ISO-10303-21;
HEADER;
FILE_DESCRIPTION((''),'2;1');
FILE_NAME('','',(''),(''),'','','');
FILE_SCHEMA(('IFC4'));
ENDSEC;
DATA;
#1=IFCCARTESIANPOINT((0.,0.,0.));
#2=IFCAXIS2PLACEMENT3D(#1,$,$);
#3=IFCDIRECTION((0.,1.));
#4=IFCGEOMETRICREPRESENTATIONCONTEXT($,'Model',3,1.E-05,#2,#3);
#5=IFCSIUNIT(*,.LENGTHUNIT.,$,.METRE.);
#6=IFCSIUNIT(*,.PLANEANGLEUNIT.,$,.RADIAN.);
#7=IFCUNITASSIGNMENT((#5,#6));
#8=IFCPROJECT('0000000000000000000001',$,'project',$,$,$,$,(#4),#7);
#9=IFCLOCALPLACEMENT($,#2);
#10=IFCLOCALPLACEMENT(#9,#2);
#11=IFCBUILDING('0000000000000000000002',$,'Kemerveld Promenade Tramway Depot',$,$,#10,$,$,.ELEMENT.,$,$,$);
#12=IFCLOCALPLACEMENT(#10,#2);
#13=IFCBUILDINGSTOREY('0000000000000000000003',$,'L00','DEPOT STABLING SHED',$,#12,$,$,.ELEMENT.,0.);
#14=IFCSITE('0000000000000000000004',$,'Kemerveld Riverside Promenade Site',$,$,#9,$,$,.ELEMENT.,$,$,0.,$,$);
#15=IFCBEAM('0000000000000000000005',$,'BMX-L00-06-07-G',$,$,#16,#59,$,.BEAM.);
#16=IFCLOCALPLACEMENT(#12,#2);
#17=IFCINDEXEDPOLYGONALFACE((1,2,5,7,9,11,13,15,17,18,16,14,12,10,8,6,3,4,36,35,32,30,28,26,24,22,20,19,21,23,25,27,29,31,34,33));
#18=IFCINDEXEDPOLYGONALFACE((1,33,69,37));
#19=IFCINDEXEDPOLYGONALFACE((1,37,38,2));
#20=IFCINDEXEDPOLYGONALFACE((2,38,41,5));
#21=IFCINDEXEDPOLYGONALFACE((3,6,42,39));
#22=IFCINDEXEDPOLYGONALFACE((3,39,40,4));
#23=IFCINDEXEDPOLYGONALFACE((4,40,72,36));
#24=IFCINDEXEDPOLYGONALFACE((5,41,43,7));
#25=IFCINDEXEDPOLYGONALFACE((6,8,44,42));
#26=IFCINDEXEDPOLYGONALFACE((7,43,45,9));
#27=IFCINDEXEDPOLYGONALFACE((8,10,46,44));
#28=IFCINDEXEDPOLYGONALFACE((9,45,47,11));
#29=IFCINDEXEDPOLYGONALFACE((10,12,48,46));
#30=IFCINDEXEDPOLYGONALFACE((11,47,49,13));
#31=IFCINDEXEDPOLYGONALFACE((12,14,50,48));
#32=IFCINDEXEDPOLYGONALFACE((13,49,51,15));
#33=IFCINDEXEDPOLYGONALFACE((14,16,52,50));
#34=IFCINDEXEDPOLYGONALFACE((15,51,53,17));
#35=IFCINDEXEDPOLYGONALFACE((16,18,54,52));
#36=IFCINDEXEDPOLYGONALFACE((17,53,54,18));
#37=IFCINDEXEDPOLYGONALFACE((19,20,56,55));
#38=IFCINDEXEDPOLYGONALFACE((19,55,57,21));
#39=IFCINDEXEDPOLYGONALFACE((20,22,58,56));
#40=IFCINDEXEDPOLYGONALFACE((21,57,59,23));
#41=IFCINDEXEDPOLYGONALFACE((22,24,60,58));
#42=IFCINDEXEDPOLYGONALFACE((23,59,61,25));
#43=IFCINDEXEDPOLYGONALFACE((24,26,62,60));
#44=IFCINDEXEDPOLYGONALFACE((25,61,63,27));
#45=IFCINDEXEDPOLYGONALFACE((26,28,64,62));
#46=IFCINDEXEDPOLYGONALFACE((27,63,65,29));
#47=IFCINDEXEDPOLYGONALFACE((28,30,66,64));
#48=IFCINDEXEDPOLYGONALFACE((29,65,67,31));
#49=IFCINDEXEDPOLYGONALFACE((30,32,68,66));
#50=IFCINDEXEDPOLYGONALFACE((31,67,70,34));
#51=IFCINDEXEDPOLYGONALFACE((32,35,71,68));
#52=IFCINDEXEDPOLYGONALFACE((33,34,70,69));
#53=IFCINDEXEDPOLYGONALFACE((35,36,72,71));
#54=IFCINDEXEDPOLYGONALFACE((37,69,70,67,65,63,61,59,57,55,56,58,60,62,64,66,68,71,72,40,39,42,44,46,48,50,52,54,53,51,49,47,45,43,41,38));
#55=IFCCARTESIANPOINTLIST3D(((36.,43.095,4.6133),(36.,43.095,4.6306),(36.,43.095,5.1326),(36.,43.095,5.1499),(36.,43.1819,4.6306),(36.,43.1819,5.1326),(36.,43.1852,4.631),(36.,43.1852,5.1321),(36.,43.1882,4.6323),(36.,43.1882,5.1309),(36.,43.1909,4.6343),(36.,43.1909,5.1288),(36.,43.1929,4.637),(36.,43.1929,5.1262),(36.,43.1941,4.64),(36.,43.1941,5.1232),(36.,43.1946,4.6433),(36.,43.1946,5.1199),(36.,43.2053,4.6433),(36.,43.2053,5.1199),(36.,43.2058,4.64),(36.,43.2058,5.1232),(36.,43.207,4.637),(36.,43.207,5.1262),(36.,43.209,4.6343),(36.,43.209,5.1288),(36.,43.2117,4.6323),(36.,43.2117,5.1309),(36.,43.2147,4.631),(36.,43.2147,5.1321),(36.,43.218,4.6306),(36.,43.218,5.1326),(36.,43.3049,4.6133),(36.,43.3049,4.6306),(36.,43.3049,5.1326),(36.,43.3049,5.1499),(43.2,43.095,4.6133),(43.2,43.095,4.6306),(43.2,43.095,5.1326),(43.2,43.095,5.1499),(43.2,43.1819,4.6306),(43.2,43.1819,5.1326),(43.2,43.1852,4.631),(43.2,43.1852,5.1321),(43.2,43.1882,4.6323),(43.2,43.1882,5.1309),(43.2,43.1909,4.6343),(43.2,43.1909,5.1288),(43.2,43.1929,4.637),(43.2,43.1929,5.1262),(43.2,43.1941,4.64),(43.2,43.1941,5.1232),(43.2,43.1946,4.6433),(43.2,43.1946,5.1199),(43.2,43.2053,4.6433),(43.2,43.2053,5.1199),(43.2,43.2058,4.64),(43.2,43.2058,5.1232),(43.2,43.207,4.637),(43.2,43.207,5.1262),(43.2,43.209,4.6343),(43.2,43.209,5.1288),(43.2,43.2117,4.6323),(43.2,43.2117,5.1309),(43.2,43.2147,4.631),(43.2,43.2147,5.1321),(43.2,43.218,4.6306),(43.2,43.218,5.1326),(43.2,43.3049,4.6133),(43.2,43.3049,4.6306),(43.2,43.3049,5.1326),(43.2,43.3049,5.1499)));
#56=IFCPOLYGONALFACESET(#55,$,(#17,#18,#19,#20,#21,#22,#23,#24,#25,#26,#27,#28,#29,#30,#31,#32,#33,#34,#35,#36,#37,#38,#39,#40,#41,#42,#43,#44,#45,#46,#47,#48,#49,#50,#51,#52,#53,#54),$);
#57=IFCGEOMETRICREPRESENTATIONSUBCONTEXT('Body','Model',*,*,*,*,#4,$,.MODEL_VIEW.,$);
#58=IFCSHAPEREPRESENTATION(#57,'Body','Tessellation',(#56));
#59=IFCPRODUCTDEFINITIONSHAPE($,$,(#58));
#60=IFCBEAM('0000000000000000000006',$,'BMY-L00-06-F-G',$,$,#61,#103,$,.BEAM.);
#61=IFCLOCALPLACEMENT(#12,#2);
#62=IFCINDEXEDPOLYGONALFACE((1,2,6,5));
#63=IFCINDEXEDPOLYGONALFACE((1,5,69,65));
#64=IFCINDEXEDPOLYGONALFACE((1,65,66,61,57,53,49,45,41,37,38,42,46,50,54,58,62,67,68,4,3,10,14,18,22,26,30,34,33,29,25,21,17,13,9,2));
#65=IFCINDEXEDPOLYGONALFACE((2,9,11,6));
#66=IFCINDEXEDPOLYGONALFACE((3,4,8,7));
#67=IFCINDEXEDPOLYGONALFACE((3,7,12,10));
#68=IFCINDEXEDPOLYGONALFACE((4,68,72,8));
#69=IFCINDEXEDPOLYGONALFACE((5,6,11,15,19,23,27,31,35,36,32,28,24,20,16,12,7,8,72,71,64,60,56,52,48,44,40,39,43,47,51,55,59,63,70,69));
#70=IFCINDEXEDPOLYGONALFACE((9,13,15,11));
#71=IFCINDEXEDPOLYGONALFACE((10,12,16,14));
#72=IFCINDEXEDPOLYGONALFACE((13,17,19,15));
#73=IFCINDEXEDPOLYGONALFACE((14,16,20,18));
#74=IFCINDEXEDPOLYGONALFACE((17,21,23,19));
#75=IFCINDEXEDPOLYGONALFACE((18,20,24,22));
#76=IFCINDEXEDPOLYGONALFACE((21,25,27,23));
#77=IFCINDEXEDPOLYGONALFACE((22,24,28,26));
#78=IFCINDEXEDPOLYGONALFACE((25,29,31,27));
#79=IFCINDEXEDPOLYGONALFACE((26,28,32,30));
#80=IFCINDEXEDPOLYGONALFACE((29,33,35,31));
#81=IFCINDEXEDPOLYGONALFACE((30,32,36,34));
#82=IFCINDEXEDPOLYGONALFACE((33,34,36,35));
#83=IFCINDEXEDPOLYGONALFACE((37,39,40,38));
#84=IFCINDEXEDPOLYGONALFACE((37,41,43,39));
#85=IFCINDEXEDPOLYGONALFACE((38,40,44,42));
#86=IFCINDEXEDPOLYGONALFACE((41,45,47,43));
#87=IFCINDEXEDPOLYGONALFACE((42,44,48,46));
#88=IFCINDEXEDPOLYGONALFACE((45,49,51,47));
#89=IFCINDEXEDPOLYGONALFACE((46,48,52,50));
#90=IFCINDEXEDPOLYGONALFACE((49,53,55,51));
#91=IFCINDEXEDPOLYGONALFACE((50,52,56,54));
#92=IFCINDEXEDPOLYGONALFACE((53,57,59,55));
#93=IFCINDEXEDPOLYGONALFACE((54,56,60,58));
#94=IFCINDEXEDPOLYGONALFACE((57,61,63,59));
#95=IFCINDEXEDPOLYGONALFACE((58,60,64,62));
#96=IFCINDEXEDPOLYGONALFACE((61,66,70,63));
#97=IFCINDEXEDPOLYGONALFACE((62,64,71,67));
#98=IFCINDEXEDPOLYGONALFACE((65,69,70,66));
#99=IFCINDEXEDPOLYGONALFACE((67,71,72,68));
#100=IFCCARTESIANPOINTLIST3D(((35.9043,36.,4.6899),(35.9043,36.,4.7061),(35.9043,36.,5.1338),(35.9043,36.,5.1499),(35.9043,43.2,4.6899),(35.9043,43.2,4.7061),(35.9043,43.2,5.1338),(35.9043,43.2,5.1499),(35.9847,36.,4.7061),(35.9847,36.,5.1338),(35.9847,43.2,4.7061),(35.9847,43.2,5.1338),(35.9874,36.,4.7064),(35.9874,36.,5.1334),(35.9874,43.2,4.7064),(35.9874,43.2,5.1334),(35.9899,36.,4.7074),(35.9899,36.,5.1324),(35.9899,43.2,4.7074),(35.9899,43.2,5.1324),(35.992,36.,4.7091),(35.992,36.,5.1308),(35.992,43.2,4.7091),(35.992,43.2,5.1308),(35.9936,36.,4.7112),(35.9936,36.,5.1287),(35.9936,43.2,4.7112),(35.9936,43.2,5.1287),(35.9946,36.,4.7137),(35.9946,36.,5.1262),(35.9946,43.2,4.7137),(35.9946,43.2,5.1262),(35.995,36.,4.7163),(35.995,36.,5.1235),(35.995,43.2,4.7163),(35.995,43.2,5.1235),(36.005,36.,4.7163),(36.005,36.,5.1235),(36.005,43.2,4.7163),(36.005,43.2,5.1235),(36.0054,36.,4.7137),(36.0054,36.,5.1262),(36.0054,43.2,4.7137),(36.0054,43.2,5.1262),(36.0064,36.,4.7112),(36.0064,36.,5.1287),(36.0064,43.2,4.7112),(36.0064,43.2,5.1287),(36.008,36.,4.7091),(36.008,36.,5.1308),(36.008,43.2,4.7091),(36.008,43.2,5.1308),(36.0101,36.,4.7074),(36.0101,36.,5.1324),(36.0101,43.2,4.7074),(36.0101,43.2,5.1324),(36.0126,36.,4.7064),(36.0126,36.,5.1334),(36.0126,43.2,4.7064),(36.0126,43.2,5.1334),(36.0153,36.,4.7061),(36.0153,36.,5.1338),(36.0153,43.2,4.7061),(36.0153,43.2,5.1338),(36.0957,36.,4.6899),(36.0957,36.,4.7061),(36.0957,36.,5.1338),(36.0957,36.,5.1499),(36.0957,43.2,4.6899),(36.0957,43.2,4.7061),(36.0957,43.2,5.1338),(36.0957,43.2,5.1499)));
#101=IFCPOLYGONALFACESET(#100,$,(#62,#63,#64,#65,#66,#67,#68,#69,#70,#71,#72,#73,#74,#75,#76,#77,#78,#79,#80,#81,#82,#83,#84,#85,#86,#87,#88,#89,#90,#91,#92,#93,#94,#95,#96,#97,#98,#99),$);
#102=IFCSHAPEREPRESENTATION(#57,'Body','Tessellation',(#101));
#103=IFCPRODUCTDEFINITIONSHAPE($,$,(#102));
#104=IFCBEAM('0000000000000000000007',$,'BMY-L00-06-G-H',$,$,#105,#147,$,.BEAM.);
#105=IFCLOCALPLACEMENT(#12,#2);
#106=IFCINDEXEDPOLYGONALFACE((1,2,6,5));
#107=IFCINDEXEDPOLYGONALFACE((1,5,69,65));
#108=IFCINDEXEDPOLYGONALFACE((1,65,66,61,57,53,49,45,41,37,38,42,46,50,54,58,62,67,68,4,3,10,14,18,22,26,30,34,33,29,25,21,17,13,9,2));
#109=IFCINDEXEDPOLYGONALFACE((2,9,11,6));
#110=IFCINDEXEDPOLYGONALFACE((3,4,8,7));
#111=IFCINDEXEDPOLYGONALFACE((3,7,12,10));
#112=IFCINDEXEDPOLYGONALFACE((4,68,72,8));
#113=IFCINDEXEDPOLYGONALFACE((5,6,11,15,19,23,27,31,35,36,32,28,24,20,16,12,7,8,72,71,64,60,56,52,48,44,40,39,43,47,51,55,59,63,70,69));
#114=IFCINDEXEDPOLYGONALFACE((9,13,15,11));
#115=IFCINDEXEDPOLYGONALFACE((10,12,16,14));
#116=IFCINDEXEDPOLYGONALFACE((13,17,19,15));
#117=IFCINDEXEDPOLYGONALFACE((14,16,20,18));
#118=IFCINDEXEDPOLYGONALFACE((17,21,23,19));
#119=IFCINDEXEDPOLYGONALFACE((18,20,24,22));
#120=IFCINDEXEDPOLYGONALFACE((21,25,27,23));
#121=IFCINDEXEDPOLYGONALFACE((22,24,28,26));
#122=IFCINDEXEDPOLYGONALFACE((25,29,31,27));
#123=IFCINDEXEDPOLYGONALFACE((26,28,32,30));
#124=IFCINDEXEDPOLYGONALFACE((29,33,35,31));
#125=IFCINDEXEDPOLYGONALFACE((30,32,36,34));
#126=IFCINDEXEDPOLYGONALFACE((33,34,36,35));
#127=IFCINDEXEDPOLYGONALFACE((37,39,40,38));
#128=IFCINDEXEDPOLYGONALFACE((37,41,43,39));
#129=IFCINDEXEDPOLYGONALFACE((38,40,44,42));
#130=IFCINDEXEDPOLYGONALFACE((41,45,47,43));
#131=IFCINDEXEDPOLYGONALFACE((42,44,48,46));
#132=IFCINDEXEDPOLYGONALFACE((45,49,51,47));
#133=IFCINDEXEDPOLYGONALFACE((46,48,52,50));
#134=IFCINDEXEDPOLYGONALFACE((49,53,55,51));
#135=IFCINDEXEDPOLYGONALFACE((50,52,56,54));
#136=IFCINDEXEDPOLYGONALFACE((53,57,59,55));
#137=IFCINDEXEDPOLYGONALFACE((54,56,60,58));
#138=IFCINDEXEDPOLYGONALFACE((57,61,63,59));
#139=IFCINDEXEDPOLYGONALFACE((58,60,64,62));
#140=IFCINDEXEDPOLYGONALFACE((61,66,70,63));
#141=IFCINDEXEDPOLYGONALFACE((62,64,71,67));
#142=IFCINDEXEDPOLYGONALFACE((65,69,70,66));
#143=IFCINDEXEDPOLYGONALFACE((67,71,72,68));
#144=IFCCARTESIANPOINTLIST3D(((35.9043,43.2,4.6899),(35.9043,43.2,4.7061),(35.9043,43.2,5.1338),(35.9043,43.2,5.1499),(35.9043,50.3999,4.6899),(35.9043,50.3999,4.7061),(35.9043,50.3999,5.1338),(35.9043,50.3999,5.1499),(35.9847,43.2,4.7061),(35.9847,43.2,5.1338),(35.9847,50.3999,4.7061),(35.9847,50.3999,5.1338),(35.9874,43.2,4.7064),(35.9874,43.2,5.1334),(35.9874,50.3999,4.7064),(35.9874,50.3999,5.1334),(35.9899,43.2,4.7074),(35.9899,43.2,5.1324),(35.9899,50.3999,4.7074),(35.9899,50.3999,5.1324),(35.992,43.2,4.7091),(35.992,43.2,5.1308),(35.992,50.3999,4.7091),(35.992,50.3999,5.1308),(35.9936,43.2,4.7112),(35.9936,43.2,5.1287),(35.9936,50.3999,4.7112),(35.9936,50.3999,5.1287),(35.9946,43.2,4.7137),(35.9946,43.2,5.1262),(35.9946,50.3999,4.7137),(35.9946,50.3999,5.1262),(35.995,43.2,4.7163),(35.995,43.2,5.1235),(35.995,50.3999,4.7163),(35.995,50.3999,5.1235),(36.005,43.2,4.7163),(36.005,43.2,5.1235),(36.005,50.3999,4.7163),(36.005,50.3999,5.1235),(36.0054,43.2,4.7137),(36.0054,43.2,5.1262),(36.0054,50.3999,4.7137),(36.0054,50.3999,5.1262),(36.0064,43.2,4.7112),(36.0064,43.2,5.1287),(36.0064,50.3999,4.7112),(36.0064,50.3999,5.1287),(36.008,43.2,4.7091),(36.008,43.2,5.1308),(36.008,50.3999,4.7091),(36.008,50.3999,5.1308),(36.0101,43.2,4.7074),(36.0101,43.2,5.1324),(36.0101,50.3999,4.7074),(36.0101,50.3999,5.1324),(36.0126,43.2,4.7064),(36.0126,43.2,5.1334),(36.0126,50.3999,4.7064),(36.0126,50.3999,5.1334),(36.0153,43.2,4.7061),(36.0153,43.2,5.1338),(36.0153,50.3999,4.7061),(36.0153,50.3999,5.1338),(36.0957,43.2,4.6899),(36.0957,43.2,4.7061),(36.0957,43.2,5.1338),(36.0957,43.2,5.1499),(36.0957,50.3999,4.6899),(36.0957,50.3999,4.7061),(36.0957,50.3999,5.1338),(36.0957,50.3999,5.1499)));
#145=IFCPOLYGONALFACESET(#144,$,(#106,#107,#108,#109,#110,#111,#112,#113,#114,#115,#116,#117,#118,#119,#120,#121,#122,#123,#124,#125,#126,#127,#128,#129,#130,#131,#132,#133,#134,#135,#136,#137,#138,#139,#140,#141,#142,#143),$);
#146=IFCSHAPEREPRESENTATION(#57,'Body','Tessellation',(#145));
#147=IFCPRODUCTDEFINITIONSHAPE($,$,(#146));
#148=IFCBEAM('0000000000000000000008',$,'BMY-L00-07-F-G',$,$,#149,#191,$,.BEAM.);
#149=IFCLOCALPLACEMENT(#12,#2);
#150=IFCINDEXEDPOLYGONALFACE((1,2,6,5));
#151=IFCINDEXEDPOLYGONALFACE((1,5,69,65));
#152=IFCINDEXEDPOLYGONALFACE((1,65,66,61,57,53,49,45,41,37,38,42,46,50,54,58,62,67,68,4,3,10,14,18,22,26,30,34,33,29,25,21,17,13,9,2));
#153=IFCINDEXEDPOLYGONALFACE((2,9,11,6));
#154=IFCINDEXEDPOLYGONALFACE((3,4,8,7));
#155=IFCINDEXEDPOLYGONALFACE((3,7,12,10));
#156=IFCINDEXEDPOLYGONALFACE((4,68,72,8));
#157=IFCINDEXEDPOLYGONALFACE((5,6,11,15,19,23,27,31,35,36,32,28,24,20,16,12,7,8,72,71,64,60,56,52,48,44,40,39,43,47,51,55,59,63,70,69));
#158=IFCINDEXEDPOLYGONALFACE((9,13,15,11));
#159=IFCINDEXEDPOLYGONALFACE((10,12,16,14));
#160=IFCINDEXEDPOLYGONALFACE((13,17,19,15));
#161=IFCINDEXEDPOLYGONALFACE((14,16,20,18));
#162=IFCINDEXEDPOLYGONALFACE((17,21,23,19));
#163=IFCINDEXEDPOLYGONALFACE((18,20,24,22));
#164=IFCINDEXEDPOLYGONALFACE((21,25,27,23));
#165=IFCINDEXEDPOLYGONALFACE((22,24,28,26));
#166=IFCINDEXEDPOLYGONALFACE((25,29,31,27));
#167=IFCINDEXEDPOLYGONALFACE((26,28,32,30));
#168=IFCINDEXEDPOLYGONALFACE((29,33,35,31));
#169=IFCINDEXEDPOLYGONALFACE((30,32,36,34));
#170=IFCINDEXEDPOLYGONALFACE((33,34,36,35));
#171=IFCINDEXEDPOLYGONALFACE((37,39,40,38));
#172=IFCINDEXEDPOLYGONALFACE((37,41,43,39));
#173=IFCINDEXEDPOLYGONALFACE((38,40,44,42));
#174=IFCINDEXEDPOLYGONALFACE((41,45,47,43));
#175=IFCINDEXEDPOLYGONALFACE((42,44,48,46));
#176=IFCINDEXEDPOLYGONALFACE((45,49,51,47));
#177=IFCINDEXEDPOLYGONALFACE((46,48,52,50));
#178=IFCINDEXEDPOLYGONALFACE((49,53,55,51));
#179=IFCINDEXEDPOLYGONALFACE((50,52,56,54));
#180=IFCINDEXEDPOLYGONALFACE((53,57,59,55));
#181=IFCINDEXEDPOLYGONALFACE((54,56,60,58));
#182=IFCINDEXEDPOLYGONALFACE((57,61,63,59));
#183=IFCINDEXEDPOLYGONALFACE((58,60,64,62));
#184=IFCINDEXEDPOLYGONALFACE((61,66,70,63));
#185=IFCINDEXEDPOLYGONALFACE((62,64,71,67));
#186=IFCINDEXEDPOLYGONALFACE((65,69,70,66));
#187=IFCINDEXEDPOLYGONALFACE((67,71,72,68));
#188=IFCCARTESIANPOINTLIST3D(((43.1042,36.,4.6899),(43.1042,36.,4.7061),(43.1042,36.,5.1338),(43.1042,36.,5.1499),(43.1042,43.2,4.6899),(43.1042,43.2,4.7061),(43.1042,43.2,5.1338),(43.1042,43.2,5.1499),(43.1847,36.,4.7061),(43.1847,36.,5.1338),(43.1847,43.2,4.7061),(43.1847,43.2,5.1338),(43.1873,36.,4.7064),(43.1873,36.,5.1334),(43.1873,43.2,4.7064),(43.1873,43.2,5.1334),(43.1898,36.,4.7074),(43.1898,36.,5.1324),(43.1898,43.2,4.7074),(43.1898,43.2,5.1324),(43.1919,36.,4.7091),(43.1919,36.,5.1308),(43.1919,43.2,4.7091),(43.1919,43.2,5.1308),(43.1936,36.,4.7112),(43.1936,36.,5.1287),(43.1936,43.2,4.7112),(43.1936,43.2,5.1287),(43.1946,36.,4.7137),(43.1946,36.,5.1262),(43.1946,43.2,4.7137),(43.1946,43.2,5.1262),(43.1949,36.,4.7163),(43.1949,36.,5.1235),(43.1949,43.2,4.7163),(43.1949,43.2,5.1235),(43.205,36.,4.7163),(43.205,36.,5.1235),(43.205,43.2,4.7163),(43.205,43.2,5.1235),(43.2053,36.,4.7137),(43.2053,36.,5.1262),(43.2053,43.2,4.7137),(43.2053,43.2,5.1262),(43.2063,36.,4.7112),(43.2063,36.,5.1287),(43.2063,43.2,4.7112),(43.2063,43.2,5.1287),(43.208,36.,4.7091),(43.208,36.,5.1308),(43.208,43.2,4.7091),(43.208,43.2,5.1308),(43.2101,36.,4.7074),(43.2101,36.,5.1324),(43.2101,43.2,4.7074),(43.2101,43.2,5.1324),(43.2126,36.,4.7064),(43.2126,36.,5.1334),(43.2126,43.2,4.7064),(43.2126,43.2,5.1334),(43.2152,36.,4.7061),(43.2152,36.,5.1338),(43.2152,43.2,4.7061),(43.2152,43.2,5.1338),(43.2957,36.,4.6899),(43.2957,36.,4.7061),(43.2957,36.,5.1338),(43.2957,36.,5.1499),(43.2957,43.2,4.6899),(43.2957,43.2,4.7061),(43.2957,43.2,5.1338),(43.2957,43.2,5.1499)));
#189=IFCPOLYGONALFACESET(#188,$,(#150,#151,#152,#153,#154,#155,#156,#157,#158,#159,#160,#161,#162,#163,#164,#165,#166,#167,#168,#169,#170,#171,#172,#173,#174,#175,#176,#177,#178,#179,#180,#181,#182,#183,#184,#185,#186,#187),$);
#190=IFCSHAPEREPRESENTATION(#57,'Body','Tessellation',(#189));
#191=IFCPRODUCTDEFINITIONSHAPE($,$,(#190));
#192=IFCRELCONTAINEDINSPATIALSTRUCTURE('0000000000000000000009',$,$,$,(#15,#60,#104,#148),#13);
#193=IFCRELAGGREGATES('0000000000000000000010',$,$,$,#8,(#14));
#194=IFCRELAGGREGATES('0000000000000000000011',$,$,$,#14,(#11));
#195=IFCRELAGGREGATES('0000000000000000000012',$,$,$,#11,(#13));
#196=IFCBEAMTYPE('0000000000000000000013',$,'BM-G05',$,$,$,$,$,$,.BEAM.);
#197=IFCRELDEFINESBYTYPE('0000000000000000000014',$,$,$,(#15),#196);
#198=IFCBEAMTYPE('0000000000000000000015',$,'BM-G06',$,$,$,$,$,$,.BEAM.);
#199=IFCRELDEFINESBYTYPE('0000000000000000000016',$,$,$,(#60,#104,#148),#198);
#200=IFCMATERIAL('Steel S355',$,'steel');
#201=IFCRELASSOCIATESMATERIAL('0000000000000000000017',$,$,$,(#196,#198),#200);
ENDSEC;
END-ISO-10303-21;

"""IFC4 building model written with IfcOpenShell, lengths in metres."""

from ifc_helpers import new_model, si_unit, direction, frame, origin, origin_2d, place, context, subcontext, project, spatial, i_section, extrude, material, material_profile, profile_set, type_object, element, save


model = new_model("IFC4")

# Units and contexts
model_context = context("Model", 3, precision=1e-05, world=origin(), true_north=direction((0.0, 1.0)))
body_context = subcontext(model_context, "Body", "Model", "MODEL_VIEW")
ifc_project = project(units=[si_unit("LENGTHUNIT", "METRE"), si_unit("PLANEANGLEUNIT", "RADIAN")], contexts=[model_context])

# Site, building, storey
site_placement = place(None, origin())
site = spatial("IfcSite", under=ifc_project, at=site_placement, Name="Kemerveld Riverside Promenade Site", CompositionType="ELEMENT", RefElevation=0.0)
building_placement = place(site_placement, origin())
building = spatial("IfcBuilding", under=site, at=building_placement, Name="Kemerveld Promenade Tramway Depot", CompositionType="ELEMENT")
storey_placement = place(building_placement, origin())
storey = spatial("IfcBuildingStorey", under=building, at=storey_placement, Name="L00", Description="DEPOT STABLING SHED", CompositionType="ELEMENT", Elevation=0.0)

# Shared definitions
ifc_material_1 = material(Name="Steel S355", Category="steel")

# Beams
ifc_material_profile_1 = material_profile(ifc_material_1, i_section(OverallWidth=0.21, OverallDepth=0.5366, WebThickness=0.0107, FlangeThickness=0.0173, FilletRadius=0.0127, at=origin_2d()), Name="533x210x101 UB")
ifc_profile_set_1 = profile_set([ifc_material_profile_1], Name="Steel S355")
beam_type_1 = type_object("IfcBeamType", Name="BM-G05", PredefinedType="BEAM", material=ifc_profile_set_1)
for number, where, z_axis, x_axis, name in (
    (1, (36.0, 43.2, 4.8816), (1.0, 0.0, 0.0), (0.0, 1.0, 0.0), "BMX-L00-06-07-G"),
):
    element("IfcBeam", number, at=place(storey_placement, frame(where, z_axis=z_axis, x_axis=x_axis)), inside=storey, type_object=beam_type_1, Name=name, PredefinedType="BEAM", context=body_context, shape_type="SweptSolid", body=[
        extrude(i_section(OverallWidth=0.21, OverallDepth=0.5366, WebThickness=0.0107, FlangeThickness=0.0173, FilletRadius=0.0127, at=origin_2d()), origin(), (0.0, 0.0, 1.0), 7.2),
    ])
ifc_material_profile_2 = material_profile(ifc_material_1, i_section(OverallWidth=0.1914, OverallDepth=0.46, WebThickness=0.01, FlangeThickness=0.0161, FilletRadius=0.0103, at=origin_2d()), Name="457x191x82 UB")
ifc_profile_set_2 = profile_set([ifc_material_profile_2], Name="Steel S355")
beam_type_2 = type_object("IfcBeamType", Name="BM-G06", PredefinedType="BEAM", material=ifc_profile_set_2)
for number, where, z_axis, x_axis, name in (
    (2, (36.0, 36.0, 4.9199), (0.0, 1.0, 0.0), (-1.0, 0.0, 0.0), "BMY-L00-06-F-G"),
    (3, (36.0, 43.2, 4.9199), (0.0, 1.0, 0.0), (-1.0, 0.0, 0.0), "BMY-L00-06-G-H"),
    (4, (43.2, 36.0, 4.9199), (0.0, 1.0, 0.0), (-1.0, 0.0, 0.0), "BMY-L00-07-F-G"),
):
    element("IfcBeam", number, at=place(storey_placement, frame(where, z_axis=z_axis, x_axis=x_axis)), inside=storey, type_object=beam_type_2, Name=name, PredefinedType="BEAM", context=body_context, shape_type="SweptSolid", body=[
        extrude(i_section(OverallWidth=0.1914, OverallDepth=0.46, WebThickness=0.01, FlangeThickness=0.0161, FilletRadius=0.0103, at=origin_2d()), origin(), (0.0, 0.0, 1.0), 7.2),
    ])

save(model, "model.ifc")
